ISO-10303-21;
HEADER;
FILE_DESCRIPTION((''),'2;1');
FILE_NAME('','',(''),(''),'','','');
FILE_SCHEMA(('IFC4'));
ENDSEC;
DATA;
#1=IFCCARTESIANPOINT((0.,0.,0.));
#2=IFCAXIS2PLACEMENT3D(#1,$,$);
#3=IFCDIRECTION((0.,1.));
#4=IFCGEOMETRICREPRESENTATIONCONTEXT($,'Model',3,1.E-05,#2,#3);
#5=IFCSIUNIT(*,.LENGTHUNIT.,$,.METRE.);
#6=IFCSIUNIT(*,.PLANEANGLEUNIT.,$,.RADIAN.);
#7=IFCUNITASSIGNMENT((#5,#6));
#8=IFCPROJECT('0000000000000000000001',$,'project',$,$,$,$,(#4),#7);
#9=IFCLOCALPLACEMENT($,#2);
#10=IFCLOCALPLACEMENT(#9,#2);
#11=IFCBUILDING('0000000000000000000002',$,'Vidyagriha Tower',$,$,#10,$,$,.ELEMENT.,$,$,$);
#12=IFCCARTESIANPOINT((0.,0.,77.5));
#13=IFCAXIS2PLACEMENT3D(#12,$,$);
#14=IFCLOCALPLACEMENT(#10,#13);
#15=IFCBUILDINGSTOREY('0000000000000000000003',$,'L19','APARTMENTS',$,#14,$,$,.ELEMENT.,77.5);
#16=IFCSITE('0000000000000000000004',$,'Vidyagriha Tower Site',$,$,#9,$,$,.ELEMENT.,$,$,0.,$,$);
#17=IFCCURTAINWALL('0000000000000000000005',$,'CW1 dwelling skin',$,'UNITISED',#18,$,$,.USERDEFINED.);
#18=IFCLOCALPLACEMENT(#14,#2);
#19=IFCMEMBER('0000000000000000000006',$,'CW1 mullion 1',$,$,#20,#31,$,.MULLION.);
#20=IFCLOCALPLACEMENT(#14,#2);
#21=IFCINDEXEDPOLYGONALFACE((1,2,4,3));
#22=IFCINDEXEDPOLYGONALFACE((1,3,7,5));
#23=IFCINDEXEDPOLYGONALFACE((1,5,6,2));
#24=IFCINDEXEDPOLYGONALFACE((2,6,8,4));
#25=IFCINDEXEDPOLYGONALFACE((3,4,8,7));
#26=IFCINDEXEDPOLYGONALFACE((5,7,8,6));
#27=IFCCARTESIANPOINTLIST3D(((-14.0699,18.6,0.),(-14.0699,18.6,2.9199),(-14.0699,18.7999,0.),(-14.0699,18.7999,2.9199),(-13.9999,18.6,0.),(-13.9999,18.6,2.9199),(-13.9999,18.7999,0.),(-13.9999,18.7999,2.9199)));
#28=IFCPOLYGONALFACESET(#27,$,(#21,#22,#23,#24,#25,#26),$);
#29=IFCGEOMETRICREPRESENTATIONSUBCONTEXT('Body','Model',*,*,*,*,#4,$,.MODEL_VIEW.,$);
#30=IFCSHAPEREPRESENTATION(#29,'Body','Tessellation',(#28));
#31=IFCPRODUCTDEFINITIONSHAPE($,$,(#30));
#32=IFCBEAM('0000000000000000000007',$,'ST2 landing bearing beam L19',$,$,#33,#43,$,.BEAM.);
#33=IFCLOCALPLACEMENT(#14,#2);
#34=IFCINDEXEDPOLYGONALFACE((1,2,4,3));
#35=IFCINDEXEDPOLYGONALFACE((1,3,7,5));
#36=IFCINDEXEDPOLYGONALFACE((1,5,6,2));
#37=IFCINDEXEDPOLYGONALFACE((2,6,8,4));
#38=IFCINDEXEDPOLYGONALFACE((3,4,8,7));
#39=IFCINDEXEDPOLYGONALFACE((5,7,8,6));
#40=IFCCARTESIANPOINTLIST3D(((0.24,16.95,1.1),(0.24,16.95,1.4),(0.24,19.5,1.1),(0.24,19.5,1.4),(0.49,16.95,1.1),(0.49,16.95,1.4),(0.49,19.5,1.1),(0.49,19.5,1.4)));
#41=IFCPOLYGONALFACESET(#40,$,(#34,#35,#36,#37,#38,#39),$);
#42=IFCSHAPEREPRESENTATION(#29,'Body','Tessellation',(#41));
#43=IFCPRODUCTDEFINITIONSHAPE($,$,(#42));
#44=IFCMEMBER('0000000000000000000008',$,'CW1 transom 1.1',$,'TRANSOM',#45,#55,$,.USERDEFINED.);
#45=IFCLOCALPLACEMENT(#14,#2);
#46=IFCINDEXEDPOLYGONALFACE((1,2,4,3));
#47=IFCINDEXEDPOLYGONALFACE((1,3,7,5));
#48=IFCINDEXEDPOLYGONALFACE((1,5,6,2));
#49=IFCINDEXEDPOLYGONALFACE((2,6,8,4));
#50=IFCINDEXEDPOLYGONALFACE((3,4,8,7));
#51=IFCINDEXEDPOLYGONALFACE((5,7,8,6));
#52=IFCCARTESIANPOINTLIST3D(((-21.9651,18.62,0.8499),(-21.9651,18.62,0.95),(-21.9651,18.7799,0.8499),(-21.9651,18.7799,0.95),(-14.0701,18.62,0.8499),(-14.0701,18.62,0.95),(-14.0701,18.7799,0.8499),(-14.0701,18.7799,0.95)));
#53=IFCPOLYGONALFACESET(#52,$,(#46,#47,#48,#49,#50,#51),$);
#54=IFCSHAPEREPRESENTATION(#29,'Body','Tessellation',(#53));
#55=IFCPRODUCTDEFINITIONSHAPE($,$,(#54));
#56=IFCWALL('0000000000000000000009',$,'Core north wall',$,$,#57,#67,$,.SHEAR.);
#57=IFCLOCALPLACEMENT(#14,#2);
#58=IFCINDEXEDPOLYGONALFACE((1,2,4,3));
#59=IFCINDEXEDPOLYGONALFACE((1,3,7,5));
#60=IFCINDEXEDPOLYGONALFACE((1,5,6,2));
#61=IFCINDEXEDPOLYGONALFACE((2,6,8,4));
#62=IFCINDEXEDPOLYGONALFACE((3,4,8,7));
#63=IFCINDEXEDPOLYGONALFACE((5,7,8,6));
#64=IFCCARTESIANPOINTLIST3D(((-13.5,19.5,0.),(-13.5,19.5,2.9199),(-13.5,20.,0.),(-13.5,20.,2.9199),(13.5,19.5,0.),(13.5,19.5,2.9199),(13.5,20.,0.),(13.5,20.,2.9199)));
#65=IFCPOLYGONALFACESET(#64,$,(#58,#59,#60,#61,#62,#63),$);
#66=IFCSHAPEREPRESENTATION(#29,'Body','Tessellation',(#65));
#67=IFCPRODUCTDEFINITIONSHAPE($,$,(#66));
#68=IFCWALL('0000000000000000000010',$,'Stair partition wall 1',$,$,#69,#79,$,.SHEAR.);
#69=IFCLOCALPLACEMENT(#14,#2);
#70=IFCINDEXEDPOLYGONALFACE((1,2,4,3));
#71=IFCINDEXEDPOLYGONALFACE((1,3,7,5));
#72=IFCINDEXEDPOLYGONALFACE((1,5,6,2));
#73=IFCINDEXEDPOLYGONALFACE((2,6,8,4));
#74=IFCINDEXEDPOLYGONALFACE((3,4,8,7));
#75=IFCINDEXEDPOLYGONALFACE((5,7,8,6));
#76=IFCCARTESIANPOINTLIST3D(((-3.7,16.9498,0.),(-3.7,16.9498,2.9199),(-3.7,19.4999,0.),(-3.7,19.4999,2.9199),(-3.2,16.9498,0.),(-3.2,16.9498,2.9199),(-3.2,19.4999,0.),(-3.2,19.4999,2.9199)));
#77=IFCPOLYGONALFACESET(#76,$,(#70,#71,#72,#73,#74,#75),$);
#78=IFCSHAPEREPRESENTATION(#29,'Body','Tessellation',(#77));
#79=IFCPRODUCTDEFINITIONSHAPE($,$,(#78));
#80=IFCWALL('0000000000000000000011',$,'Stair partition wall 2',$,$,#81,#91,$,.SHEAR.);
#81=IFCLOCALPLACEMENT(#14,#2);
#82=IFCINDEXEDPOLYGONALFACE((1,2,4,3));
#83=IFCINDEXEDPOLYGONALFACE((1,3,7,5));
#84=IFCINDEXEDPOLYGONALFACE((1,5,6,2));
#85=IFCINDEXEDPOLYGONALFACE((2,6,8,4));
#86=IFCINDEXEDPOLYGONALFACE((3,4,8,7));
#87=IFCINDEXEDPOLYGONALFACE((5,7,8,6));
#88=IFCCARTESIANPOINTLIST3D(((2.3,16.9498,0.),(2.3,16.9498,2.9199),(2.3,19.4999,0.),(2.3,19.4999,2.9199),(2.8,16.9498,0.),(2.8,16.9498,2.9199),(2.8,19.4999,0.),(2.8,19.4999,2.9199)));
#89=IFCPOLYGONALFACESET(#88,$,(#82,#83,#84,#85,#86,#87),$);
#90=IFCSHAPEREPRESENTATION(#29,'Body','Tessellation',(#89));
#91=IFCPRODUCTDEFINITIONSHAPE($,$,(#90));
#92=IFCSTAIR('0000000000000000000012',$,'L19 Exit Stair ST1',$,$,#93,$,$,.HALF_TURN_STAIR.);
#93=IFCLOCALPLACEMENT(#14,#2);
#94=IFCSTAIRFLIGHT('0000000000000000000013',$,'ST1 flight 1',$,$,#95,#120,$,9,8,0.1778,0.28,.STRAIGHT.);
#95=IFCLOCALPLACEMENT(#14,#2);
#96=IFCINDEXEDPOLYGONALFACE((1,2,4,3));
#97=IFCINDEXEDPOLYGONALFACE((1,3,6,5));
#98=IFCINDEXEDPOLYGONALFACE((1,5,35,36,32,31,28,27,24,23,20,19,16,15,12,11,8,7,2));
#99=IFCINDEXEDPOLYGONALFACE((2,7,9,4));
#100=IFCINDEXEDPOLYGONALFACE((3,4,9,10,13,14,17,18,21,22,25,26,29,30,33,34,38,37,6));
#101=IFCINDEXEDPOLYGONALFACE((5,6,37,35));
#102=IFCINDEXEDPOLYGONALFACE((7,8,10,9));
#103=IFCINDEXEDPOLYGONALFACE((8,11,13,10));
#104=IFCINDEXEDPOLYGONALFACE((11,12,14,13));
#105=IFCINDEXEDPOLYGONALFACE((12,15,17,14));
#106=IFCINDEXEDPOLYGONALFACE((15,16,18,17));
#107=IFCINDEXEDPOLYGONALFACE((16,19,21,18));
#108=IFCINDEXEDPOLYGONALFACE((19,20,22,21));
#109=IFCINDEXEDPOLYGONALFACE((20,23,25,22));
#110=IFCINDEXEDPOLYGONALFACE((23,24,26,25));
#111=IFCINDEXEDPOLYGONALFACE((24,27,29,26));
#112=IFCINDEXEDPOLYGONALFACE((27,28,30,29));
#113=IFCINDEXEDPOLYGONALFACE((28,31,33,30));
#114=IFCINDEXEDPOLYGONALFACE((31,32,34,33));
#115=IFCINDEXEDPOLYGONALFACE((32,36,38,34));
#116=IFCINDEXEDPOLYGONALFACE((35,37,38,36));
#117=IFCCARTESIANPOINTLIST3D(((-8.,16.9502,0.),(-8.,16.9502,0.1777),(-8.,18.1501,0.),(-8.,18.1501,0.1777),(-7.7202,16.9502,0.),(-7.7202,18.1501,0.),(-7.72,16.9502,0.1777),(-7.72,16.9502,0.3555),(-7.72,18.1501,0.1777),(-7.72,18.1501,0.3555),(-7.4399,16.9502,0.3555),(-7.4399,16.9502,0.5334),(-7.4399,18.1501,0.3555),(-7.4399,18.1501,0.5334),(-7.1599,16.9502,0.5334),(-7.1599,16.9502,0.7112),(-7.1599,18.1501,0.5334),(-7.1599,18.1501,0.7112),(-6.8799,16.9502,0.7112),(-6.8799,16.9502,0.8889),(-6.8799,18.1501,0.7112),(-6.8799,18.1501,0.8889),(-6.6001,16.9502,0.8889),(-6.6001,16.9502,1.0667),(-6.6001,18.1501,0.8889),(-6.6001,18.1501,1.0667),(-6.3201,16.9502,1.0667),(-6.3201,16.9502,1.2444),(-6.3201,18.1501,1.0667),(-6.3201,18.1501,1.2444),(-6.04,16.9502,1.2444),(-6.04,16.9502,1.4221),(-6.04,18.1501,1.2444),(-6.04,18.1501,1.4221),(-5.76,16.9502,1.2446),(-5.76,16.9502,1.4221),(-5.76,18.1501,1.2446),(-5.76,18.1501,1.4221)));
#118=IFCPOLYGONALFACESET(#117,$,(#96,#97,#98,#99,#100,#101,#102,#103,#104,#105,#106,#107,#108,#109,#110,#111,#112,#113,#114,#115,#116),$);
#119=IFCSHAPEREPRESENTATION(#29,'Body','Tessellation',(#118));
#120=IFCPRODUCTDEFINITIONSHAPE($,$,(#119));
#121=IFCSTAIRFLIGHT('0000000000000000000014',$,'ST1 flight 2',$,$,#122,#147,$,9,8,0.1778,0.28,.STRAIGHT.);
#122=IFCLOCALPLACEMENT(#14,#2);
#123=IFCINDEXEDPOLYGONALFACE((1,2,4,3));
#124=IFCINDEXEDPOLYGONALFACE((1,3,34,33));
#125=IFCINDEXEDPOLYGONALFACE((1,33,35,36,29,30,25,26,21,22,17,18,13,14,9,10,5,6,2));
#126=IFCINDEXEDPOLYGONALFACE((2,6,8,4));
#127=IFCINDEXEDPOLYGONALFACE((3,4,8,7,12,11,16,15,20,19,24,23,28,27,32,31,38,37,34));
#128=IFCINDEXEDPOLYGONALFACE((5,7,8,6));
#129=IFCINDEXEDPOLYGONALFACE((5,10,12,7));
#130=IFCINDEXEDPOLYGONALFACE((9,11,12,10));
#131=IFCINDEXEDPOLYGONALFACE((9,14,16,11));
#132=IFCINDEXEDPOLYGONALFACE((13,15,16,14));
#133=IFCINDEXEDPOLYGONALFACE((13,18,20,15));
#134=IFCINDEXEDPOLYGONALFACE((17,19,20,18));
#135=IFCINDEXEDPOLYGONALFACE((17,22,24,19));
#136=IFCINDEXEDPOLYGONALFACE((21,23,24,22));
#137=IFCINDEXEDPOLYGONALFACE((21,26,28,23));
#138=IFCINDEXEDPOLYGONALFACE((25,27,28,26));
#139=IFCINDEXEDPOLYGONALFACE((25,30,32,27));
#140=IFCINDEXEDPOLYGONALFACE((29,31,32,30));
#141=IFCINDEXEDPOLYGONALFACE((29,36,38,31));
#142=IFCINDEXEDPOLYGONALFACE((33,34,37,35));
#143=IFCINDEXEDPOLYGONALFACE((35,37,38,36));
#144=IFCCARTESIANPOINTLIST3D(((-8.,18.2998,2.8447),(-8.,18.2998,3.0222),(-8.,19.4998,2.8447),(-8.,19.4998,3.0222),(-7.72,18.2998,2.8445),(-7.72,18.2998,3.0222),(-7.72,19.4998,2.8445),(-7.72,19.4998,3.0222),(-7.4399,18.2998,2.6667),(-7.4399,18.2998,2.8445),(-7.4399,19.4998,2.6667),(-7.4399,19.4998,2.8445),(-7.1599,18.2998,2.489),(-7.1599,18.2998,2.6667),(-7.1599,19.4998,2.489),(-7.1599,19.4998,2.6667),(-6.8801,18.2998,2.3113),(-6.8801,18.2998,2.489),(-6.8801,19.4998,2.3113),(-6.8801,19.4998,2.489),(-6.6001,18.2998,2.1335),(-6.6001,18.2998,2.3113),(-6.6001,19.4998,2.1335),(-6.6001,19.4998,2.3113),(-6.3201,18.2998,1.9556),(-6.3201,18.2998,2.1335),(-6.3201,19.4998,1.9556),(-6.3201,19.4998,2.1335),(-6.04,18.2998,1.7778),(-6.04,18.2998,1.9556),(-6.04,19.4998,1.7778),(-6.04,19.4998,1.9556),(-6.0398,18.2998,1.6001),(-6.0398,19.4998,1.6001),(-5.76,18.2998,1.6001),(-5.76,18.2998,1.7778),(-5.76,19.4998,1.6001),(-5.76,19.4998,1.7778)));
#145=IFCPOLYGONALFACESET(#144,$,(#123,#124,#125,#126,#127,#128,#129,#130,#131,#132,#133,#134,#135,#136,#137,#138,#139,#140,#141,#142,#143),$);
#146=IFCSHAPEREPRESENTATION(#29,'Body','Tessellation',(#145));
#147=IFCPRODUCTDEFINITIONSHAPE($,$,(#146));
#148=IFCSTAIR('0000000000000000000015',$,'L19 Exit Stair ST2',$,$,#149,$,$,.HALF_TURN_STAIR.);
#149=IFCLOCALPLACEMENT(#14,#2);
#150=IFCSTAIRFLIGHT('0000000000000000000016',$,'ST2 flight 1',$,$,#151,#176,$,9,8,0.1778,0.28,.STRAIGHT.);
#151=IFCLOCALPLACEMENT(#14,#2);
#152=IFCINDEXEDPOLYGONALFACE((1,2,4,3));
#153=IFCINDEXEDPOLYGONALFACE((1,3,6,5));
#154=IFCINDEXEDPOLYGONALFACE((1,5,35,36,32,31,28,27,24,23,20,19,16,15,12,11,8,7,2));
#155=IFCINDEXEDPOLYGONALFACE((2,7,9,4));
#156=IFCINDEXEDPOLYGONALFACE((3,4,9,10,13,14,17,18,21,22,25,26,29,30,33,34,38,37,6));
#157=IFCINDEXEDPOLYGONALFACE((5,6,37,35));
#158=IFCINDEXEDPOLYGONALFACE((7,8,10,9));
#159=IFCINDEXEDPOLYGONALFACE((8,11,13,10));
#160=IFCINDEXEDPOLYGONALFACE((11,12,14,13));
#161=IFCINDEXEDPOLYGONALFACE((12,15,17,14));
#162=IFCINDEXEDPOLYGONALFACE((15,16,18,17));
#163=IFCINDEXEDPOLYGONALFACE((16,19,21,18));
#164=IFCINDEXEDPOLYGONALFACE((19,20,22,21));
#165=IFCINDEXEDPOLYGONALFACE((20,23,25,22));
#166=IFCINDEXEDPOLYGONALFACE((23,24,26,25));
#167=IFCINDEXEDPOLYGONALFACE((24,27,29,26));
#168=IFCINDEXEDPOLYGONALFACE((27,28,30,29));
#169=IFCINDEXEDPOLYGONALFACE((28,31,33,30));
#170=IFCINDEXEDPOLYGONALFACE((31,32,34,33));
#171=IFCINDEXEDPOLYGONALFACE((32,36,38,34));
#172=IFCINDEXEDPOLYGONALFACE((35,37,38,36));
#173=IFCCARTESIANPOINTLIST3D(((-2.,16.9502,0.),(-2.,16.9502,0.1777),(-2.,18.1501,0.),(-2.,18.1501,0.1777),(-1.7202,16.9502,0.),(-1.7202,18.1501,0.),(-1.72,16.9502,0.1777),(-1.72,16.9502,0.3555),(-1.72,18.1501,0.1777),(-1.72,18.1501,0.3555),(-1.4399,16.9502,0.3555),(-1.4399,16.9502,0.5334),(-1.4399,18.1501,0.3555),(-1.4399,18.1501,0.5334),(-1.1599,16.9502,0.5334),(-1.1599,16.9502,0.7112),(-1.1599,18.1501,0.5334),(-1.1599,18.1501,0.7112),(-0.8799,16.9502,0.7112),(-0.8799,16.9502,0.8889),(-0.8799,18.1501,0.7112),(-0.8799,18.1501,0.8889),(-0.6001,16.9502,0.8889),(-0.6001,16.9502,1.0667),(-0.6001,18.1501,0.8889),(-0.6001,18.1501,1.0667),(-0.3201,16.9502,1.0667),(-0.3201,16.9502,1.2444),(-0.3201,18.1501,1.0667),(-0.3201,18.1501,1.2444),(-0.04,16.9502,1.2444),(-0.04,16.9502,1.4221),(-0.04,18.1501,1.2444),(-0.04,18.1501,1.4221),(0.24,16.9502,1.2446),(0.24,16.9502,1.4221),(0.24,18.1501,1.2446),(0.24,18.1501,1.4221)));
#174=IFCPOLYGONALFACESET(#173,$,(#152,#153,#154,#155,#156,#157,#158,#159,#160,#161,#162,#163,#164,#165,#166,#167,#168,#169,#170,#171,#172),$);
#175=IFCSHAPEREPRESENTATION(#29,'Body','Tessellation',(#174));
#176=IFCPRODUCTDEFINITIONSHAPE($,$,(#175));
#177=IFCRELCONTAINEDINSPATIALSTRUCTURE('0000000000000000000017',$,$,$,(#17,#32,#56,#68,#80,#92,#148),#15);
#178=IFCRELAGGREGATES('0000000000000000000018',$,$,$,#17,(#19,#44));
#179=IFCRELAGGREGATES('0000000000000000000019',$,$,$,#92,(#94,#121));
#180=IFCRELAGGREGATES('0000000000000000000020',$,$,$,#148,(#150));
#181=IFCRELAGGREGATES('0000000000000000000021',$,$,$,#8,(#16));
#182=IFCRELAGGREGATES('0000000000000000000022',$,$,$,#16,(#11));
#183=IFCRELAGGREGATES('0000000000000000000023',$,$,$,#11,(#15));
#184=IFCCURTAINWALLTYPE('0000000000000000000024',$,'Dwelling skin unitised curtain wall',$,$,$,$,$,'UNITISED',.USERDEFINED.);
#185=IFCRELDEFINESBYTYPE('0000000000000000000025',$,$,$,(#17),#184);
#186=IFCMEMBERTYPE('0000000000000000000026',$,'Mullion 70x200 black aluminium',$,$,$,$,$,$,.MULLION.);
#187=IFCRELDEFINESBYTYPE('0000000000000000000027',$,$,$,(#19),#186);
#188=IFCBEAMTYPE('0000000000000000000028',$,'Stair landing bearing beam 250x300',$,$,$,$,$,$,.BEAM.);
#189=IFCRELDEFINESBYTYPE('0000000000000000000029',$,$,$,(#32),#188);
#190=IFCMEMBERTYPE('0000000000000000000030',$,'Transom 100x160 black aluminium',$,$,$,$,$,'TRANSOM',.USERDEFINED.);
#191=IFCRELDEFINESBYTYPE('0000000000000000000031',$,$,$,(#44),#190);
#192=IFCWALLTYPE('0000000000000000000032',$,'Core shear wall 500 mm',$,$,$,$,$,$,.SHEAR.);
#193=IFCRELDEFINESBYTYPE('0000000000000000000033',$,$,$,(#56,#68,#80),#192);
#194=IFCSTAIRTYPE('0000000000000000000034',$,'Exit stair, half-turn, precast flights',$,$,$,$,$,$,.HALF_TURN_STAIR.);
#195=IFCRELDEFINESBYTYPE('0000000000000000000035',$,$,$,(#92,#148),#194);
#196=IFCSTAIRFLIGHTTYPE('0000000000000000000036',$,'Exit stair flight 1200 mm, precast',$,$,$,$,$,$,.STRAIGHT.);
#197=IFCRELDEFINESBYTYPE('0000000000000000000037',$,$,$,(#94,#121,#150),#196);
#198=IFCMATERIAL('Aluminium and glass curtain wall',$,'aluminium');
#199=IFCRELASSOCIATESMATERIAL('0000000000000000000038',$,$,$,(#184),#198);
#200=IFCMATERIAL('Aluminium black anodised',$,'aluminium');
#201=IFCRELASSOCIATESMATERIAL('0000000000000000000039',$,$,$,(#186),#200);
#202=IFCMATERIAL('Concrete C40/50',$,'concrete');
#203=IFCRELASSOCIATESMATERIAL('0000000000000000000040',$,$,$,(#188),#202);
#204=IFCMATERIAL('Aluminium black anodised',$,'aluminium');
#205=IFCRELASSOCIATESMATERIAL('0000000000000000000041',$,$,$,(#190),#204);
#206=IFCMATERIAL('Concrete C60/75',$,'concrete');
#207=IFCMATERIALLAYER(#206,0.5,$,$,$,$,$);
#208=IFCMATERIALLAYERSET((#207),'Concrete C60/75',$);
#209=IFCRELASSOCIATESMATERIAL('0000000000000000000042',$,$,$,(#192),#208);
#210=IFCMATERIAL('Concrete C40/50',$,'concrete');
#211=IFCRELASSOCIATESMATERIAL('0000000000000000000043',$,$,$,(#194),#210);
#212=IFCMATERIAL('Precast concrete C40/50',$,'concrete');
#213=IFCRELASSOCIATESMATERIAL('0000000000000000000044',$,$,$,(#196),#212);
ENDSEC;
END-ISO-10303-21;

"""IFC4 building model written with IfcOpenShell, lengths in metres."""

from ifc_helpers import new_model, si_unit, direction, frame, frame_2d, origin, origin_2d, place, context, subcontext, project, spatial, polyline, rectangle, outline, extrude, material, layer, layer_set, material_profile, profile_set, type_object, element, aggregate, save


model = new_model("IFC4")

# Units and contexts
model_context = context("Model", 3, precision=1e-05, world=origin(), true_north=direction((0.0, 1.0)))
body_context = subcontext(model_context, "Body", "Model", "MODEL_VIEW")
ifc_project = project(units=[si_unit("LENGTHUNIT", "METRE"), si_unit("PLANEANGLEUNIT", "RADIAN")], contexts=[model_context])

# Site, building, storey
site_placement = place(None, origin())
site = spatial("IfcSite", under=ifc_project, at=site_placement, Name="Vidyagriha Tower Site", CompositionType="ELEMENT", RefElevation=0.0)
building_placement = place(site_placement, origin())
building = spatial("IfcBuilding", under=site, at=building_placement, Name="Vidyagriha Tower", CompositionType="ELEMENT")
storey_placement = place(building_placement, frame((0.0, 0.0, 77.5)))
storey = spatial("IfcBuildingStorey", under=building, at=storey_placement, Name="L19", Description="APARTMENTS", CompositionType="ELEMENT", Elevation=77.5)

# Curtain wall, member
ifc_material_1 = material(Name="Aluminium and glass curtain wall", Category="aluminium")
curtain_wall_type = type_object("IfcCurtainWallType", Name="Dwelling skin unitised curtain wall", ElementType="UNITISED", PredefinedType="USERDEFINED", material=ifc_material_1)
curtain_wall_placement = place(storey_placement, origin())
curtain_wall = element("IfcCurtainWall", 1, at=curtain_wall_placement, inside=storey, type_object=curtain_wall_type, Name="CW1 dwelling skin", ObjectType="UNITISED", PredefinedType="USERDEFINED")
ifc_material_2 = material(Name="Aluminium black anodised", Category="aluminium")
ifc_material_profile_1 = material_profile(ifc_material_2, rectangle(XDim=0.2, YDim=0.0701, at=origin_2d()), Name="Mullion 70x200 black aluminium")
ifc_profile_set_1 = profile_set([ifc_material_profile_1], Name="Aluminium black anodised")
member_type_1 = type_object("IfcMemberType", Name="Mullion 70x200 black aluminium", PredefinedType="MULLION", material=ifc_profile_set_1)
member_1_placement = place(storey_placement, frame((-14.0349, 18.7, 0.0), z_axis=(0.0, 0.0, 1.0), x_axis=(0.0, -1.0, 0.0)))
member_1 = element("IfcMember", 2, at=member_1_placement, type_object=member_type_1, Name="CW1 mullion 1", PredefinedType="MULLION", context=body_context, shape_type="SweptSolid", body=[
    extrude(rectangle(XDim=0.2, YDim=0.0701, at=origin_2d()), origin(), (0.0, 0.0, 1.0), 2.9199),
])

# Beam
ifc_material_3 = material(Name="Concrete C40/50", Category="concrete")
ifc_material_profile_2 = material_profile(ifc_material_3, rectangle(XDim=0.25, YDim=0.3, at=origin_2d()), Name="Stair landing bearing beam 250x300")
ifc_profile_set_2 = profile_set([ifc_material_profile_2], Name="Concrete C40/50")
beam_type = type_object("IfcBeamType", Name="Stair landing bearing beam 250x300", PredefinedType="BEAM", material=ifc_profile_set_2)
beam_placement = place(storey_placement, frame((0.365, 16.95, 1.25), z_axis=(0.0, 1.0, 0.0), x_axis=(-1.0, 0.0, 0.0)))
element("IfcBeam", 3, at=beam_placement, inside=storey, type_object=beam_type, Name="ST2 landing bearing beam L19", PredefinedType="BEAM", context=body_context, shape_type="SweptSolid", body=[
    extrude(rectangle(XDim=0.25, YDim=0.3, at=origin_2d()), origin(), (0.0, 0.0, 1.0), 2.55),
])

# Member
ifc_material_4 = material(Name="Aluminium black anodised", Category="aluminium")
ifc_material_profile_3 = material_profile(ifc_material_4, rectangle(XDim=0.1599, YDim=0.1001, at=origin_2d()), Name="Transom 100x160 black aluminium")
ifc_profile_set_3 = profile_set([ifc_material_profile_3], Name="Aluminium black anodised")
member_type_2 = type_object("IfcMemberType", Name="Transom 100x160 black aluminium", ElementType="TRANSOM", PredefinedType="USERDEFINED", material=ifc_profile_set_3)
member_2_placement = place(storey_placement, frame((-14.0701, 18.7, 0.8999), z_axis=(-1.0, 0.0, 0.0), x_axis=(0.0, -1.0, 0.0)))
member_2 = element("IfcMember", 4, at=member_2_placement, type_object=member_type_2, Name="CW1 transom 1.1", ObjectType="TRANSOM", PredefinedType="USERDEFINED", context=body_context, shape_type="SweptSolid", body=[
    extrude(rectangle(XDim=0.1599, YDim=0.1001, at=origin_2d()), origin(), (0.0, 0.0, 1.0), 7.895),
])
aggregate(curtain_wall, [member_1, member_2])

# Walls
ifc_material_5 = material(Name="Concrete C60/75", Category="concrete")
ifc_layer_1 = layer(ifc_material_5, 0.5)
ifc_layer_set_1 = layer_set([ifc_layer_1], Name="Concrete C60/75")
wall_type = type_object("IfcWallType", Name="Core shear wall 500 mm", PredefinedType="SHEAR", material=ifc_layer_set_1)
wall_placement = place(storey_placement, frame((-13.5, 19.75, 0.0)))
element("IfcWall", 5, at=wall_placement, inside=storey, type_object=wall_type, Name="Core north wall", PredefinedType="SHEAR", context=body_context, shape_type="SweptSolid", body=[
    extrude(rectangle(XDim=27.0, YDim=0.5, at=frame_2d((13.5, 0.0))), origin(), (0.0, 0.0, 1.0), 2.9199),
])
for number, where, z_axis, x_axis, name in (
    (6, (-3.45, 16.95, 0.0), (0.0, 0.0, 1.0), (0.0, 1.0, 0.0), "Stair partition wall 1"),
    (7, (2.55, 16.95, 0.0), (0.0, 0.0, 1.0), (0.0, 1.0, 0.0), "Stair partition wall 2"),
):
    element("IfcWall", number, at=place(storey_placement, frame(where, z_axis=z_axis, x_axis=x_axis)), inside=storey, type_object=wall_type, Name=name, PredefinedType="SHEAR", context=body_context, shape_type="SweptSolid", body=[
        extrude(rectangle(XDim=2.55, YDim=0.5, at=frame_2d((1.2749, 0.0))), origin(), (0.0, 0.0, 1.0), 2.9199),
    ])

# Stairs, stair flights
ifc_material_6 = material(Name="Concrete C40/50", Category="concrete")
stair_type = type_object("IfcStairType", Name="Exit stair, half-turn, precast flights", PredefinedType="HALF_TURN_STAIR", material=ifc_material_6)
stair_1_placement = place(storey_placement, origin())
stair_1 = element("IfcStair", 8, at=stair_1_placement, inside=storey, type_object=stair_type, Name="L19 Exit Stair ST1", PredefinedType="HALF_TURN_STAIR")
ifc_material_7 = material(Name="Precast concrete C40/50", Category="concrete")
stair_flight_type = type_object("IfcStairFlightType", Name="Exit stair flight 1200 mm, precast", PredefinedType="STRAIGHT", material=ifc_material_7)
stair_flight_1_placement = place(storey_placement, frame((-8.0, 17.55, 0.0)))
stair_flight_1 = element("IfcStairFlight", 9, at=stair_flight_1_placement, type_object=stair_flight_type, Name="ST1 flight 1", NumberOfRisers=9, NumberOfTreads=8, PredefinedType="STRAIGHT", RiserHeight=0.1778, TreadLength=0.28, context=body_context, shape_type="SweptSolid", body=[
    extrude(outline(polyline([(0.0, 0.0), (0.0, 0.1777), (0.28, 0.1777), (0.28, 0.3555), (0.5601, 0.3555), (0.5601, 0.5334), (0.8401, 0.5334), (0.8401, 0.7112), (1.1201, 0.7112), (1.1201, 0.8889), (1.3999, 0.8889), (1.3999, 1.0667), (1.6799, 1.0667), (1.6799, 1.2444), (1.96, 1.2444), (1.96, 1.4221), (2.24, 1.4221), (2.24, 1.6001), (2.24, 1.2446), (0.2798, 0.0), (0.0, 0.0)])), frame((0.0, 0.6001, 0.0), z_axis=(0.0, -1.0, 0.0), x_axis=(1.0, 0.0, 0.0)), (0.0, 0.0, 1.0), 1.2),
])
stair_flight_2_placement = place(storey_placement, frame((-5.76, 18.8999, 1.6001), z_axis=(0.0, 0.0, 1.0), x_axis=(-1.0, 0.0, 0.0)))
stair_flight_2 = element("IfcStairFlight", 10, at=stair_flight_2_placement, type_object=stair_flight_type, Name="ST1 flight 2", NumberOfRisers=9, NumberOfTreads=8, PredefinedType="STRAIGHT", RiserHeight=0.1778, TreadLength=0.28, context=body_context, shape_type="SweptSolid", body=[
    extrude(outline(polyline([(0.0, 0.0), (0.0, 0.1777), (0.28, 0.1777), (0.28, 0.3555), (0.5601, 0.3555), (0.5601, 0.5334), (0.8401, 0.5334), (0.8401, 0.7112), (1.1201, 0.7112), (1.1201, 0.8889), (1.3999, 0.8889), (1.3999, 1.0667), (1.6799, 1.0667), (1.6799, 1.2444), (1.96, 1.2444), (1.96, 1.4221), (2.24, 1.4221), (2.24, 1.6001), (2.24, 1.2446), (0.2798, 0.0), (0.0, 0.0)])), frame((0.0, 0.6001, 0.0), z_axis=(0.0, -1.0, 0.0), x_axis=(1.0, 0.0, 0.0)), (0.0, 0.0, 1.0), 1.2),
])
aggregate(stair_1, [stair_flight_1, stair_flight_2])
stair_2_placement = place(storey_placement, origin())
stair_2 = element("IfcStair", 11, at=stair_2_placement, inside=storey, type_object=stair_type, Name="L19 Exit Stair ST2", PredefinedType="HALF_TURN_STAIR")
stair_flight_3_placement = place(storey_placement, frame((-2.0, 17.55, 0.0)))
stair_flight_3 = element("IfcStairFlight", 12, at=stair_flight_3_placement, type_object=stair_flight_type, Name="ST2 flight 1", NumberOfRisers=9, NumberOfTreads=8, PredefinedType="STRAIGHT", RiserHeight=0.1778, TreadLength=0.28, context=body_context, shape_type="SweptSolid", body=[
    extrude(outline(polyline([(0.0, 0.0), (0.0, 0.1777), (0.28, 0.1777), (0.28, 0.3555), (0.5601, 0.3555), (0.5601, 0.5334), (0.8401, 0.5334), (0.8401, 0.7112), (1.1201, 0.7112), (1.1201, 0.8889), (1.3999, 0.8889), (1.3999, 1.0667), (1.6799, 1.0667), (1.6799, 1.2444), (1.96, 1.2444), (1.96, 1.4221), (2.24, 1.4221), (2.24, 1.6001), (2.24, 1.2446), (0.2798, 0.0), (0.0, 0.0)])), frame((0.0, 0.6001, 0.0), z_axis=(0.0, -1.0, 0.0), x_axis=(1.0, 0.0, 0.0)), (0.0, 0.0, 1.0), 1.2),
])
aggregate(stair_2, [stair_flight_3])

save(model, "model.ifc")
